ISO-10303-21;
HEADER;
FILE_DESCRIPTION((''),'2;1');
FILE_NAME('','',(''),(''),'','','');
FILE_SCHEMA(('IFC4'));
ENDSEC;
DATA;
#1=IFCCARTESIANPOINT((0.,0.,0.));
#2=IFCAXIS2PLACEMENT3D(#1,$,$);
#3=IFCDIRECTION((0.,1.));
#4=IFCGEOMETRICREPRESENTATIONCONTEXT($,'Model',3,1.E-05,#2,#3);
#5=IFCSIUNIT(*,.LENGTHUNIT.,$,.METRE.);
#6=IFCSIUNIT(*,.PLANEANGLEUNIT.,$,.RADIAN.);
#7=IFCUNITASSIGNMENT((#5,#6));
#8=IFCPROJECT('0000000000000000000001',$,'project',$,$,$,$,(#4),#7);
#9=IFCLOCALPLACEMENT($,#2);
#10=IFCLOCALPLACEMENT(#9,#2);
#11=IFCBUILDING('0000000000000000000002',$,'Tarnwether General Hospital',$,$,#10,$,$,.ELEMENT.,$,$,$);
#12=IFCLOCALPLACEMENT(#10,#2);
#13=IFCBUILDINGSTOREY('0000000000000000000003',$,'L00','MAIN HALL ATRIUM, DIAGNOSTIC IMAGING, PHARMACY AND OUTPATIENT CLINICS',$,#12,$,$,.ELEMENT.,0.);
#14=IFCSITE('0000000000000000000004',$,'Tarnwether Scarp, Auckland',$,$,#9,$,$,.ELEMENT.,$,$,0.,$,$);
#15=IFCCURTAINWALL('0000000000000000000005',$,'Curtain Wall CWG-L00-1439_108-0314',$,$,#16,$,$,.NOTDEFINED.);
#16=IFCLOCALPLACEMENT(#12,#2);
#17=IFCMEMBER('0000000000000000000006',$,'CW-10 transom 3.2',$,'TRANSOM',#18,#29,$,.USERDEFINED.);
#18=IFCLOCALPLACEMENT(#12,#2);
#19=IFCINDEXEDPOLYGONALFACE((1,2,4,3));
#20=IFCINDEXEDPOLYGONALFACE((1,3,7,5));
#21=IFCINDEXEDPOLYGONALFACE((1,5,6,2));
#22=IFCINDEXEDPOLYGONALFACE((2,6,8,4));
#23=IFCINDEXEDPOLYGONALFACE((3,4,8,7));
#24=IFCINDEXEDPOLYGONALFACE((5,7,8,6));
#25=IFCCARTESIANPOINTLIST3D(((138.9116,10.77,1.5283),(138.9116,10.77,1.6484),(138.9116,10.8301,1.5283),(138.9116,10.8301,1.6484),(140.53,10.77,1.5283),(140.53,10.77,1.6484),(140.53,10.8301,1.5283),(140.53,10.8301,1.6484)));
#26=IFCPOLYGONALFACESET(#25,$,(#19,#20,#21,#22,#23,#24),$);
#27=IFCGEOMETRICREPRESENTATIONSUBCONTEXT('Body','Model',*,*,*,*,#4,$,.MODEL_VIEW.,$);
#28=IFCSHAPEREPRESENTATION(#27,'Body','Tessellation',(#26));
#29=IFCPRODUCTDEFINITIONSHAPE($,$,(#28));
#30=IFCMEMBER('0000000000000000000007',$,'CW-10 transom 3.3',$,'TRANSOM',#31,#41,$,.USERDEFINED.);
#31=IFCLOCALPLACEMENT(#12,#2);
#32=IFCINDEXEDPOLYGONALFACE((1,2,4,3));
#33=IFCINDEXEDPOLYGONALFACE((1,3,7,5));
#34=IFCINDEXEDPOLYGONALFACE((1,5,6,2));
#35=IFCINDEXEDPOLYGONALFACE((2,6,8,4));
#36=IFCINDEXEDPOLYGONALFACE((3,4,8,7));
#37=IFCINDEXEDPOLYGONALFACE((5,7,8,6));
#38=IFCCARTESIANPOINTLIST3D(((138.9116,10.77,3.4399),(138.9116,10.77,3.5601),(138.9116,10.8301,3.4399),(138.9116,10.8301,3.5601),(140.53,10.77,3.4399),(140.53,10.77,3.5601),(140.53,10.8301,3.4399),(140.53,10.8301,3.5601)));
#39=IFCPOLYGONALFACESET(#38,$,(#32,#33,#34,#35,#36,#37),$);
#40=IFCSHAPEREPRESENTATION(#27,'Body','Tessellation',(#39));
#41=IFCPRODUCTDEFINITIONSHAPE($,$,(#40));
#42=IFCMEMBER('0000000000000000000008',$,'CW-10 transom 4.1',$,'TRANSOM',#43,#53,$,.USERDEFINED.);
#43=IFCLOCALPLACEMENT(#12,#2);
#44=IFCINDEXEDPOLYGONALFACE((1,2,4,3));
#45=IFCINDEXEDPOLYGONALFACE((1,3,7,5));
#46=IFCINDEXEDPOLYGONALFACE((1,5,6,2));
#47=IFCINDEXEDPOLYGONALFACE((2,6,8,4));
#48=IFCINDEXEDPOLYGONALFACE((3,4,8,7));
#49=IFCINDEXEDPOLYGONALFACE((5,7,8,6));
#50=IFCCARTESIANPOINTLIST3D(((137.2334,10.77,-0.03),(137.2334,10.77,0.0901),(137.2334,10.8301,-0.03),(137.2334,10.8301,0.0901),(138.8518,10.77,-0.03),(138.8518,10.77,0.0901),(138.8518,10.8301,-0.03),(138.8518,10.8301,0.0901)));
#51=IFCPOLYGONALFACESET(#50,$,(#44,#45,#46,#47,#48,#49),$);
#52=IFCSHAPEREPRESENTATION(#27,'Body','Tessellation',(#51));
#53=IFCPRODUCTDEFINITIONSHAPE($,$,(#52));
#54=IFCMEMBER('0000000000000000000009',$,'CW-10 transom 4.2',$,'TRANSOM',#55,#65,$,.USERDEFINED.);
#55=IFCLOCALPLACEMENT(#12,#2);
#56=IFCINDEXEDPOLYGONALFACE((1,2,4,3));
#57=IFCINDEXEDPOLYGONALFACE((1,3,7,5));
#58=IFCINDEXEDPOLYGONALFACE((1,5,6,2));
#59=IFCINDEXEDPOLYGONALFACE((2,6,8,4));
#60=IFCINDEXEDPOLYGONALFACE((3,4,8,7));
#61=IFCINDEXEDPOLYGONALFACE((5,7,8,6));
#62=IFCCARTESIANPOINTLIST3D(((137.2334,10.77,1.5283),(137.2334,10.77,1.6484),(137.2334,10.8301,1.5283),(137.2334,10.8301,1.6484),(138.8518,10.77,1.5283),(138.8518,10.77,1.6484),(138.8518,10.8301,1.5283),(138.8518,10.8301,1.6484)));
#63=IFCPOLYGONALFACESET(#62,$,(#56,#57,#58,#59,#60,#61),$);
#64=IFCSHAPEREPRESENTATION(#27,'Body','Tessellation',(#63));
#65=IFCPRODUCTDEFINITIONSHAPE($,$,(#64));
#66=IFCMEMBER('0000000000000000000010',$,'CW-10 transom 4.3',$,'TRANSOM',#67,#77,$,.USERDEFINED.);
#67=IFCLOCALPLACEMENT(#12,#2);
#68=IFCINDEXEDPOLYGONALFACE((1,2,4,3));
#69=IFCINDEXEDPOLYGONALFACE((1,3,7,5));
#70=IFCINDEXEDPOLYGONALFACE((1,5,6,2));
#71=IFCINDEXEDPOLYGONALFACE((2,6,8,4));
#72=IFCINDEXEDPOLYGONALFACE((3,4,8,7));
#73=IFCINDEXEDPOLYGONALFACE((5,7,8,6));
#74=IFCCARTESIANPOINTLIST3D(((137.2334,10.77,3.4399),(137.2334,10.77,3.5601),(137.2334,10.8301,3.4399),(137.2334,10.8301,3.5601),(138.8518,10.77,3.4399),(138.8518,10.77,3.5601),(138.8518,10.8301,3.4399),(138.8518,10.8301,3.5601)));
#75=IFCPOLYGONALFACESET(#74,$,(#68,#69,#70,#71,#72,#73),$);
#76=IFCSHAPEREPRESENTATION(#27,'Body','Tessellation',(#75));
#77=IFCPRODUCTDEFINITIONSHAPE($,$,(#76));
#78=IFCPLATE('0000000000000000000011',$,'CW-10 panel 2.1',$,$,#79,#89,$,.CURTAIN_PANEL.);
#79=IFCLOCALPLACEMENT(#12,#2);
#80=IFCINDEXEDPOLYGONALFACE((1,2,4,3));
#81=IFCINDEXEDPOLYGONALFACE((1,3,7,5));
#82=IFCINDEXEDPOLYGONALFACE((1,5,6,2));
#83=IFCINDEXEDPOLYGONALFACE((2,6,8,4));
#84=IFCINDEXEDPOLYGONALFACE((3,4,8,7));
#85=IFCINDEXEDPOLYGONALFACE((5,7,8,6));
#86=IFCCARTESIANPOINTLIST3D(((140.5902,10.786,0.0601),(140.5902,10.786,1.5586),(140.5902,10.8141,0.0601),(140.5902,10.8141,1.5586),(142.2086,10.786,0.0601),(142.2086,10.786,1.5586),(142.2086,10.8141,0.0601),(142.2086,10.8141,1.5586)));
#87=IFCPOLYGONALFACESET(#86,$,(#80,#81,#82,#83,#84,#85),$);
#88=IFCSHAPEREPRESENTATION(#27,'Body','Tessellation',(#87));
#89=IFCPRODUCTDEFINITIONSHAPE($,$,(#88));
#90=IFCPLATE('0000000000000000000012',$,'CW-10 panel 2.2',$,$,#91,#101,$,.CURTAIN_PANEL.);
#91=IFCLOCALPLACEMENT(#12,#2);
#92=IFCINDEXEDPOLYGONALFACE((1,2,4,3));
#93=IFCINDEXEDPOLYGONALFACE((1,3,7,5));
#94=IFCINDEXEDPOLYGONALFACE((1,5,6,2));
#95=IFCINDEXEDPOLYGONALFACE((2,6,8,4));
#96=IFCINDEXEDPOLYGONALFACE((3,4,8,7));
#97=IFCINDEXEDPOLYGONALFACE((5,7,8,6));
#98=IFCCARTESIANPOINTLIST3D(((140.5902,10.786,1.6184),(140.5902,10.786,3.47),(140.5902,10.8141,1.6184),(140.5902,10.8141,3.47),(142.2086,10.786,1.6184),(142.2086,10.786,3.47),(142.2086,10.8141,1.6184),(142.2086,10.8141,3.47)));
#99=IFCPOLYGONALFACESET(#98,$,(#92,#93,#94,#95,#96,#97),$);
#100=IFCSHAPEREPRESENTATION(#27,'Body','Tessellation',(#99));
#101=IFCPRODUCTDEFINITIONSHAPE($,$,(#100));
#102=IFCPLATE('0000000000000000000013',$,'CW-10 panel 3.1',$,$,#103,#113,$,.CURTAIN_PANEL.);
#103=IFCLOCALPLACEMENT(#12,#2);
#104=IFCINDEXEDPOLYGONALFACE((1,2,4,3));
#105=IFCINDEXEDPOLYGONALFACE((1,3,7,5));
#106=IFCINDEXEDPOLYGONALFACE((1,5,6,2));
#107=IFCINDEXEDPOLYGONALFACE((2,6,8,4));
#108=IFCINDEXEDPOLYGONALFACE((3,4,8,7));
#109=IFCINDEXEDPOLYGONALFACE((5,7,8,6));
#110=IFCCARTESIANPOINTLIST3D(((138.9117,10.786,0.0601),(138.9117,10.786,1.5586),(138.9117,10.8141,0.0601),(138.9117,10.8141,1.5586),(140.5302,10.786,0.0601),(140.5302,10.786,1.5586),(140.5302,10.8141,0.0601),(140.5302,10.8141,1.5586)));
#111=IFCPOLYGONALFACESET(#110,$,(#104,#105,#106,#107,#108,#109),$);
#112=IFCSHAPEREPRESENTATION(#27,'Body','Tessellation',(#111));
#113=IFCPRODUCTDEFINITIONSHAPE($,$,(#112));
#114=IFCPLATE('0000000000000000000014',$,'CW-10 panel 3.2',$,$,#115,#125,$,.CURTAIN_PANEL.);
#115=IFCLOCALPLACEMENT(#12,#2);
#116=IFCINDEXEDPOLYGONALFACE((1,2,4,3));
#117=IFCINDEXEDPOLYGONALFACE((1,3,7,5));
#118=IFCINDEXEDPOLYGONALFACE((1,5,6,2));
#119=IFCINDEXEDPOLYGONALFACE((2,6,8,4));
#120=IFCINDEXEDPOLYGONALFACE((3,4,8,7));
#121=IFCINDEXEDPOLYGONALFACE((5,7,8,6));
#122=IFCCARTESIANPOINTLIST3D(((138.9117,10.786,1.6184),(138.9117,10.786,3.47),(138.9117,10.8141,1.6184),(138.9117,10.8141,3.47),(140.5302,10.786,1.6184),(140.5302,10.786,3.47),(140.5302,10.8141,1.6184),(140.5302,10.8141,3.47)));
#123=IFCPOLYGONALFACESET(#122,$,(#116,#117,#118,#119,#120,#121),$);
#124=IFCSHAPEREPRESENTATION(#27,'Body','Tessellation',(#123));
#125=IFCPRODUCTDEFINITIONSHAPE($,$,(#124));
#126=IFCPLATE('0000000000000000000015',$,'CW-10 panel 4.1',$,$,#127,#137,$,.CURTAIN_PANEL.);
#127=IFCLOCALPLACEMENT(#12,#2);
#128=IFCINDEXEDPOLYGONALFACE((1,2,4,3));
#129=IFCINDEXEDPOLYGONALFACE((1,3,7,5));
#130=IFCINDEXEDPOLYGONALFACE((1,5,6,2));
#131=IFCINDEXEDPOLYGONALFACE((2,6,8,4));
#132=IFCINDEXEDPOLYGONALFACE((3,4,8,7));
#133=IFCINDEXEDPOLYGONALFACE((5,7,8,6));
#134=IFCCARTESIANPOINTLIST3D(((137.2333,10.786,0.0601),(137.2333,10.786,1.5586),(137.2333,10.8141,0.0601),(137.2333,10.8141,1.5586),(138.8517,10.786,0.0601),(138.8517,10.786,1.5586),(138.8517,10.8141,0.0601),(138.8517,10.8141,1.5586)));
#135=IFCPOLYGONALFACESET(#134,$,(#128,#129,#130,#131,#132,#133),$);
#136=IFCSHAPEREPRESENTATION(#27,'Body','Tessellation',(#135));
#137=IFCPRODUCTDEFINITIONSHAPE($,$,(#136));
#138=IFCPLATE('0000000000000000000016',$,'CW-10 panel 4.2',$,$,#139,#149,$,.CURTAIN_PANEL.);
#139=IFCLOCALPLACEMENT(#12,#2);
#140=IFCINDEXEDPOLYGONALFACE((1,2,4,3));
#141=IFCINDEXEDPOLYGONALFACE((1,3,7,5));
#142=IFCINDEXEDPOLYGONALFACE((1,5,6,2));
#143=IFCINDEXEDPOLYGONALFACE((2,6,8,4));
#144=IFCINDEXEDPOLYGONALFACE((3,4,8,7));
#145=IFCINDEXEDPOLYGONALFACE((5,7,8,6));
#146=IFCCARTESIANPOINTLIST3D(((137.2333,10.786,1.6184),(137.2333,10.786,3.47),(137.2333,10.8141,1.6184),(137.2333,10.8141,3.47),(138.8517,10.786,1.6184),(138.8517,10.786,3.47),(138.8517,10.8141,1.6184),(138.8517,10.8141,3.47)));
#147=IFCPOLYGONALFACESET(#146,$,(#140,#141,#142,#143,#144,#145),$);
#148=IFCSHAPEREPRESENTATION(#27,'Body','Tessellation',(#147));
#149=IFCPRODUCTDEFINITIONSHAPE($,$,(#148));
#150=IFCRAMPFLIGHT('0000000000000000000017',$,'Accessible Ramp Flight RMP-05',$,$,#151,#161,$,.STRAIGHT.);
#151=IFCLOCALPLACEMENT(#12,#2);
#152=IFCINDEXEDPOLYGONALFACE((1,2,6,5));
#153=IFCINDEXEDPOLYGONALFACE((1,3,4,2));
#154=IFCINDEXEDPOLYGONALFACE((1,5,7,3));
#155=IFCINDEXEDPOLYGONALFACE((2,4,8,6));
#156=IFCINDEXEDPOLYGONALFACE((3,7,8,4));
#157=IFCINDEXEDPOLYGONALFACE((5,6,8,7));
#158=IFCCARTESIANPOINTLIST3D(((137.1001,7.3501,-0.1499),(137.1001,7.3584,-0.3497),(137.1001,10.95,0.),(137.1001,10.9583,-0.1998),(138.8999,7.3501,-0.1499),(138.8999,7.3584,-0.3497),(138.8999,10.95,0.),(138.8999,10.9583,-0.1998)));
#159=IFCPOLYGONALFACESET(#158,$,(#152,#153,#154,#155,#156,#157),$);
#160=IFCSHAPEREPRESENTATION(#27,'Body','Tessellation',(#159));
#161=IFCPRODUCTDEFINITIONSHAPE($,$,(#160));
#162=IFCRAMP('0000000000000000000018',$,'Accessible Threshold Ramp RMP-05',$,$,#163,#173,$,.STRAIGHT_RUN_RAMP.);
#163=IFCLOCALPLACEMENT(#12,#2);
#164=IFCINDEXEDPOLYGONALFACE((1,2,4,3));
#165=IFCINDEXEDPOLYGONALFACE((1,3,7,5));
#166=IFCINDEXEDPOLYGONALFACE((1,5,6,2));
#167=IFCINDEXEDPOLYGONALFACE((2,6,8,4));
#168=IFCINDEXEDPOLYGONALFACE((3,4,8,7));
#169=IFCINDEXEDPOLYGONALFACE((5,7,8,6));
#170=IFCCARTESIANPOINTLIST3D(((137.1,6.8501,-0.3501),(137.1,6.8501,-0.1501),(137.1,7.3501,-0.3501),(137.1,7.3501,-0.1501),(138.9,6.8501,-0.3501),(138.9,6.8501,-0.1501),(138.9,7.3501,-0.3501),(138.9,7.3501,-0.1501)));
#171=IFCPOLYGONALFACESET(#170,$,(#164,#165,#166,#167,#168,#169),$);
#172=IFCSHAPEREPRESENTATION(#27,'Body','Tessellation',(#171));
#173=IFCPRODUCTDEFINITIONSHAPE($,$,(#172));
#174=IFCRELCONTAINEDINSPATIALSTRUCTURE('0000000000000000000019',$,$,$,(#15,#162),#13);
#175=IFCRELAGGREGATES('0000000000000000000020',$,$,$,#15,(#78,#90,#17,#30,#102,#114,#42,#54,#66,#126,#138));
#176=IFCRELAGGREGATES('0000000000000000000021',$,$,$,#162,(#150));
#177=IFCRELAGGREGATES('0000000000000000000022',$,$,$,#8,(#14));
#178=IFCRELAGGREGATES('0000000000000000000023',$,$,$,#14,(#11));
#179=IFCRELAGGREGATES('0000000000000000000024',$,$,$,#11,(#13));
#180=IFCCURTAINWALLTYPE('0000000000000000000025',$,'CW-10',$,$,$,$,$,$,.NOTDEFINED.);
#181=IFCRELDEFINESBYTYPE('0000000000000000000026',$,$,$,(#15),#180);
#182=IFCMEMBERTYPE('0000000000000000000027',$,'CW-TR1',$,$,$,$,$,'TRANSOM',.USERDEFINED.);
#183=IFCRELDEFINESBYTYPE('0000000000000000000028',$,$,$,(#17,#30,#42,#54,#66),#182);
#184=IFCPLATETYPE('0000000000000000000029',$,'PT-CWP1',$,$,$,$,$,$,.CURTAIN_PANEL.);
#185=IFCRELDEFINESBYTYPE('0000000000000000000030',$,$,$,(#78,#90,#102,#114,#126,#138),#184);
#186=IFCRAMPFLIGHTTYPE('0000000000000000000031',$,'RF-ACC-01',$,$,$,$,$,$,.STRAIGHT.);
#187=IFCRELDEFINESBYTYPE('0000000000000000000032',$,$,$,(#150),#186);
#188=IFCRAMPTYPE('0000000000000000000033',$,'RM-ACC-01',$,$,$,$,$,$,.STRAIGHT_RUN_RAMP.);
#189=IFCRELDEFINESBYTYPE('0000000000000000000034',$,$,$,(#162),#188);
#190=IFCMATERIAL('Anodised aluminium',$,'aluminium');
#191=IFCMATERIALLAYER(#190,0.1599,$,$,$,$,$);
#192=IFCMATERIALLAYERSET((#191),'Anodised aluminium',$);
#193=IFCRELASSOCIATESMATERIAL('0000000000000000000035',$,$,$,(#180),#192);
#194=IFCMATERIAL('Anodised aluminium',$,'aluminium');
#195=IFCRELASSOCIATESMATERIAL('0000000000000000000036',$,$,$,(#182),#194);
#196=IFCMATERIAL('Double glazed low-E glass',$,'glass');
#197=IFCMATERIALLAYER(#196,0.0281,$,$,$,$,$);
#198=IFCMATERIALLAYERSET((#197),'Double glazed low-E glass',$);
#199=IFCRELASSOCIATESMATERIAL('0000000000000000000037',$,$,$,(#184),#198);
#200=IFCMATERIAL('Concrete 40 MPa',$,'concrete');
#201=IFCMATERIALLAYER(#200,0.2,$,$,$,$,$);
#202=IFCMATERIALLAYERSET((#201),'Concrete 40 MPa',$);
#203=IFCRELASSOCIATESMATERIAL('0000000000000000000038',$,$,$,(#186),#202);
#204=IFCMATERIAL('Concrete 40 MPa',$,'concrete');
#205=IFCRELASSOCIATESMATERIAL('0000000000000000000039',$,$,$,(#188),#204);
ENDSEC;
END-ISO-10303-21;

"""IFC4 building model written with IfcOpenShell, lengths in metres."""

from ifc_helpers import new_model, si_unit, direction, frame, origin, origin_2d, place, context, subcontext, project, spatial, polyline, rectangle, outline, extrude, material, layer, layer_set, material_profile, profile_set, type_object, element, aggregate, save


model = new_model("IFC4")

# Units and contexts
model_context = context("Model", 3, precision=1e-05, world=origin(), true_north=direction((0.0, 1.0)))
body_context = subcontext(model_context, "Body", "Model", "MODEL_VIEW")
ifc_project = project(units=[si_unit("LENGTHUNIT", "METRE"), si_unit("PLANEANGLEUNIT", "RADIAN")], contexts=[model_context])

# Site, building, storey
site_placement = place(None, origin())
site = spatial("IfcSite", under=ifc_project, at=site_placement, Name="Tarnwether Scarp, Auckland", CompositionType="ELEMENT", RefElevation=0.0)
building_placement = place(site_placement, origin())
building = spatial("IfcBuilding", under=site, at=building_placement, Name="Tarnwether General Hospital", CompositionType="ELEMENT")
storey_placement = place(building_placement, origin())
storey = spatial("IfcBuildingStorey", under=building, at=storey_placement, Name="L00", Description="MAIN HALL ATRIUM, DIAGNOSTIC IMAGING, PHARMACY AND OUTPATIENT CLINICS", CompositionType="ELEMENT", Elevation=0.0)

# Curtain wall
ifc_material_1 = material(Name="Anodised aluminium", Category="aluminium")
ifc_layer_1 = layer(ifc_material_1, 0.1599)
ifc_layer_set_1 = layer_set([ifc_layer_1], Name="Anodised aluminium")
curtain_wall_type_1 = type_object("IfcCurtainWallType", Name="CW-10", PredefinedType="NOTDEFINED", material=ifc_layer_set_1)
curtain_wall_1_placement = place(storey_placement, origin())
curtain_wall_1 = element("IfcCurtainWall", 1, at=curtain_wall_1_placement, inside=storey, type_object=curtain_wall_type_1, Name="Curtain Wall CWG-L00-1439_108-0314", PredefinedType="NOTDEFINED")

# Shared definitions
ifc_material_2 = material(Name="Anodised aluminium", Category="aluminium")
ifc_material_profile_1 = material_profile(ifc_material_2, rectangle(XDim=0.0601, YDim=0.1201, at=origin_2d()), Name="ALU-TRN-60x120")
ifc_profile_set_1 = profile_set([ifc_material_profile_1], Name="Anodised aluminium")
member_type_1 = type_object("IfcMemberType", Name="CW-TR1", ElementType="TRANSOM", PredefinedType="USERDEFINED", material=ifc_profile_set_1)

# Members
member_1_placement = place(storey_placement, frame((140.53, 10.8, 1.5884), z_axis=(-1.0, 0.0, 0.0), x_axis=(0.0, -1.0, 0.0)))
member_1 = element("IfcMember", 2, at=member_1_placement, type_object=member_type_1, Name="CW-10 transom 3.2", ObjectType="TRANSOM", PredefinedType="USERDEFINED", context=body_context, shape_type="SweptSolid", body=[
    extrude(rectangle(XDim=0.0601, YDim=0.1201, at=origin_2d()), origin(), (0.0, 0.0, 1.0), 1.6184),
])
member_2_placement = place(storey_placement, frame((140.53, 10.8, 3.5), z_axis=(-1.0, 0.0, 0.0), x_axis=(0.0, -1.0, 0.0)))
member_2 = element("IfcMember", 3, at=member_2_placement, type_object=member_type_1, Name="CW-10 transom 3.3", ObjectType="TRANSOM", PredefinedType="USERDEFINED", context=body_context, shape_type="SweptSolid", body=[
    extrude(rectangle(XDim=0.0601, YDim=0.1201, at=origin_2d()), origin(), (0.0, 0.0, 1.0), 1.6184),
])
member_3_placement = place(storey_placement, frame((138.8518, 10.8, 0.03), z_axis=(-1.0, 0.0, 0.0), x_axis=(0.0, -1.0, 0.0)))
member_3 = element("IfcMember", 4, at=member_3_placement, type_object=member_type_1, Name="CW-10 transom 4.1", ObjectType="TRANSOM", PredefinedType="USERDEFINED", context=body_context, shape_type="SweptSolid", body=[
    extrude(rectangle(XDim=0.0601, YDim=0.1201, at=origin_2d()), origin(), (0.0, 0.0, 1.0), 1.6184),
])
member_4_placement = place(storey_placement, frame((138.8518, 10.8, 1.5884), z_axis=(-1.0, 0.0, 0.0), x_axis=(0.0, -1.0, 0.0)))
member_4 = element("IfcMember", 5, at=member_4_placement, type_object=member_type_1, Name="CW-10 transom 4.2", ObjectType="TRANSOM", PredefinedType="USERDEFINED", context=body_context, shape_type="SweptSolid", body=[
    extrude(rectangle(XDim=0.0601, YDim=0.1201, at=origin_2d()), origin(), (0.0, 0.0, 1.0), 1.6184),
])
member_5_placement = place(storey_placement, frame((138.8518, 10.8, 3.5), z_axis=(-1.0, 0.0, 0.0), x_axis=(0.0, -1.0, 0.0)))
member_5 = element("IfcMember", 6, at=member_5_placement, type_object=member_type_1, Name="CW-10 transom 4.3", ObjectType="TRANSOM", PredefinedType="USERDEFINED", context=body_context, shape_type="SweptSolid", body=[
    extrude(rectangle(XDim=0.0601, YDim=0.1201, at=origin_2d()), origin(), (0.0, 0.0, 1.0), 1.6184),
])

# Plates
ifc_material_3 = material(Name="Double glazed low-E glass", Category="glass")
ifc_layer_2 = layer(ifc_material_3, 0.0281)
ifc_layer_set_2 = layer_set([ifc_layer_2], Name="Double glazed low-E glass")
plate_type = type_object("IfcPlateType", Name="PT-CWP1", PredefinedType="CURTAIN_PANEL", material=ifc_layer_set_2)
plate_1_placement = place(storey_placement, frame((141.3994, 10.8, 0.0601), z_axis=(0.0, 0.0, 1.0), x_axis=(-1.0, 0.0, 0.0)))
plate_1 = element("IfcPlate", 7, at=plate_1_placement, type_object=plate_type, Name="CW-10 panel 2.1", PredefinedType="CURTAIN_PANEL", context=body_context, shape_type="SweptSolid", body=[
    extrude(rectangle(XDim=1.6184, YDim=0.0281, at=origin_2d()), origin(), (0.0, 0.0, 1.0), 1.4985),
])
plate_2_placement = place(storey_placement, frame((141.3994, 10.8, 1.6184), z_axis=(0.0, 0.0, 1.0), x_axis=(-1.0, 0.0, 0.0)))
plate_2 = element("IfcPlate", 8, at=plate_2_placement, type_object=plate_type, Name="CW-10 panel 2.2", PredefinedType="CURTAIN_PANEL", context=body_context, shape_type="SweptSolid", body=[
    extrude(rectangle(XDim=1.6184, YDim=0.0281, at=origin_2d()), origin(), (0.0, 0.0, 1.0), 1.8516),
])
plate_3_placement = place(storey_placement, frame((139.7209, 10.8, 0.0601), z_axis=(0.0, 0.0, 1.0), x_axis=(-1.0, 0.0, 0.0)))
plate_3 = element("IfcPlate", 9, at=plate_3_placement, type_object=plate_type, Name="CW-10 panel 3.1", PredefinedType="CURTAIN_PANEL", context=body_context, shape_type="SweptSolid", body=[
    extrude(rectangle(XDim=1.6184, YDim=0.0281, at=origin_2d()), origin(), (0.0, 0.0, 1.0), 1.4985),
])
plate_4_placement = place(storey_placement, frame((139.7209, 10.8, 1.6184), z_axis=(0.0, 0.0, 1.0), x_axis=(-1.0, 0.0, 0.0)))
plate_4 = element("IfcPlate", 10, at=plate_4_placement, type_object=plate_type, Name="CW-10 panel 3.2", PredefinedType="CURTAIN_PANEL", context=body_context, shape_type="SweptSolid", body=[
    extrude(rectangle(XDim=1.6184, YDim=0.0281, at=origin_2d()), origin(), (0.0, 0.0, 1.0), 1.8516),
])
plate_5_placement = place(storey_placement, frame((138.0425, 10.8, 0.0601), z_axis=(0.0, 0.0, 1.0), x_axis=(-1.0, 0.0, 0.0)))
plate_5 = element("IfcPlate", 11, at=plate_5_placement, type_object=plate_type, Name="CW-10 panel 4.1", PredefinedType="CURTAIN_PANEL", context=body_context, shape_type="SweptSolid", body=[
    extrude(rectangle(XDim=1.6184, YDim=0.0281, at=origin_2d()), origin(), (0.0, 0.0, 1.0), 1.4985),
])
plate_6_placement = place(storey_placement, frame((138.0425, 10.8, 1.6184), z_axis=(0.0, 0.0, 1.0), x_axis=(-1.0, 0.0, 0.0)))
plate_6 = element("IfcPlate", 12, at=plate_6_placement, type_object=plate_type, Name="CW-10 panel 4.2", PredefinedType="CURTAIN_PANEL", context=body_context, shape_type="SweptSolid", body=[
    extrude(rectangle(XDim=1.6184, YDim=0.0281, at=origin_2d()), origin(), (0.0, 0.0, 1.0), 1.8516),
])
aggregate(curtain_wall_1, [plate_1, plate_2, member_1, member_2, plate_3, plate_4, member_3, member_4, member_5, plate_5, plate_6])

# Ramp flight
ifc_material_4 = material(Name="Concrete 40 MPa", Category="concrete")
ifc_layer_3 = layer(ifc_material_4, 0.2)
ifc_layer_set_3 = layer_set([ifc_layer_3], Name="Concrete 40 MPa")
ramp_flight_type = type_object("IfcRampFlightType", Name="RF-ACC-01", PredefinedType="STRAIGHT", material=ifc_layer_set_3)
ramp_flight_placement = place(storey_placement, frame((138.8999, 7.3501, -0.1499), z_axis=(0.0, -0.041605, 0.999134), x_axis=(0.0, 0.999134, 0.041605)))
ramp_flight = element("IfcRampFlight", 13, at=ramp_flight_placement, type_object=ramp_flight_type, Name="Accessible Ramp Flight RMP-05", PredefinedType="STRAIGHT", context=body_context, shape_type="SweptSolid", body=[
    extrude(outline(polyline([(0.0, 0.0), (3.603, 0.0), (3.603, 1.7998), (0.0, 1.7998), (0.0, 0.0)])), origin(), (0.0, 0.0, -1.0), 0.2),
])

# Ramp
ifc_material_5 = material(Name="Concrete 40 MPa", Category="concrete")
ramp_type = type_object("IfcRampType", Name="RM-ACC-01", PredefinedType="STRAIGHT_RUN_RAMP", material=ifc_material_5)
ramp_placement = place(storey_placement, frame((138.0, 7.1001, -0.3501), z_axis=(0.0, 0.0, 1.0), x_axis=(0.0, 1.0, 0.0)))
ramp = element("IfcRamp", 14, at=ramp_placement, inside=storey, type_object=ramp_type, Name="Accessible Threshold Ramp RMP-05", PredefinedType="STRAIGHT_RUN_RAMP", context=body_context, shape_type="SweptSolid", body=[
    extrude(rectangle(XDim=0.5, YDim=1.8, at=origin_2d()), origin(), (0.0, 0.0, 1.0), 0.2),
])
aggregate(ramp, [ramp_flight])

save(model, "model.ifc")
